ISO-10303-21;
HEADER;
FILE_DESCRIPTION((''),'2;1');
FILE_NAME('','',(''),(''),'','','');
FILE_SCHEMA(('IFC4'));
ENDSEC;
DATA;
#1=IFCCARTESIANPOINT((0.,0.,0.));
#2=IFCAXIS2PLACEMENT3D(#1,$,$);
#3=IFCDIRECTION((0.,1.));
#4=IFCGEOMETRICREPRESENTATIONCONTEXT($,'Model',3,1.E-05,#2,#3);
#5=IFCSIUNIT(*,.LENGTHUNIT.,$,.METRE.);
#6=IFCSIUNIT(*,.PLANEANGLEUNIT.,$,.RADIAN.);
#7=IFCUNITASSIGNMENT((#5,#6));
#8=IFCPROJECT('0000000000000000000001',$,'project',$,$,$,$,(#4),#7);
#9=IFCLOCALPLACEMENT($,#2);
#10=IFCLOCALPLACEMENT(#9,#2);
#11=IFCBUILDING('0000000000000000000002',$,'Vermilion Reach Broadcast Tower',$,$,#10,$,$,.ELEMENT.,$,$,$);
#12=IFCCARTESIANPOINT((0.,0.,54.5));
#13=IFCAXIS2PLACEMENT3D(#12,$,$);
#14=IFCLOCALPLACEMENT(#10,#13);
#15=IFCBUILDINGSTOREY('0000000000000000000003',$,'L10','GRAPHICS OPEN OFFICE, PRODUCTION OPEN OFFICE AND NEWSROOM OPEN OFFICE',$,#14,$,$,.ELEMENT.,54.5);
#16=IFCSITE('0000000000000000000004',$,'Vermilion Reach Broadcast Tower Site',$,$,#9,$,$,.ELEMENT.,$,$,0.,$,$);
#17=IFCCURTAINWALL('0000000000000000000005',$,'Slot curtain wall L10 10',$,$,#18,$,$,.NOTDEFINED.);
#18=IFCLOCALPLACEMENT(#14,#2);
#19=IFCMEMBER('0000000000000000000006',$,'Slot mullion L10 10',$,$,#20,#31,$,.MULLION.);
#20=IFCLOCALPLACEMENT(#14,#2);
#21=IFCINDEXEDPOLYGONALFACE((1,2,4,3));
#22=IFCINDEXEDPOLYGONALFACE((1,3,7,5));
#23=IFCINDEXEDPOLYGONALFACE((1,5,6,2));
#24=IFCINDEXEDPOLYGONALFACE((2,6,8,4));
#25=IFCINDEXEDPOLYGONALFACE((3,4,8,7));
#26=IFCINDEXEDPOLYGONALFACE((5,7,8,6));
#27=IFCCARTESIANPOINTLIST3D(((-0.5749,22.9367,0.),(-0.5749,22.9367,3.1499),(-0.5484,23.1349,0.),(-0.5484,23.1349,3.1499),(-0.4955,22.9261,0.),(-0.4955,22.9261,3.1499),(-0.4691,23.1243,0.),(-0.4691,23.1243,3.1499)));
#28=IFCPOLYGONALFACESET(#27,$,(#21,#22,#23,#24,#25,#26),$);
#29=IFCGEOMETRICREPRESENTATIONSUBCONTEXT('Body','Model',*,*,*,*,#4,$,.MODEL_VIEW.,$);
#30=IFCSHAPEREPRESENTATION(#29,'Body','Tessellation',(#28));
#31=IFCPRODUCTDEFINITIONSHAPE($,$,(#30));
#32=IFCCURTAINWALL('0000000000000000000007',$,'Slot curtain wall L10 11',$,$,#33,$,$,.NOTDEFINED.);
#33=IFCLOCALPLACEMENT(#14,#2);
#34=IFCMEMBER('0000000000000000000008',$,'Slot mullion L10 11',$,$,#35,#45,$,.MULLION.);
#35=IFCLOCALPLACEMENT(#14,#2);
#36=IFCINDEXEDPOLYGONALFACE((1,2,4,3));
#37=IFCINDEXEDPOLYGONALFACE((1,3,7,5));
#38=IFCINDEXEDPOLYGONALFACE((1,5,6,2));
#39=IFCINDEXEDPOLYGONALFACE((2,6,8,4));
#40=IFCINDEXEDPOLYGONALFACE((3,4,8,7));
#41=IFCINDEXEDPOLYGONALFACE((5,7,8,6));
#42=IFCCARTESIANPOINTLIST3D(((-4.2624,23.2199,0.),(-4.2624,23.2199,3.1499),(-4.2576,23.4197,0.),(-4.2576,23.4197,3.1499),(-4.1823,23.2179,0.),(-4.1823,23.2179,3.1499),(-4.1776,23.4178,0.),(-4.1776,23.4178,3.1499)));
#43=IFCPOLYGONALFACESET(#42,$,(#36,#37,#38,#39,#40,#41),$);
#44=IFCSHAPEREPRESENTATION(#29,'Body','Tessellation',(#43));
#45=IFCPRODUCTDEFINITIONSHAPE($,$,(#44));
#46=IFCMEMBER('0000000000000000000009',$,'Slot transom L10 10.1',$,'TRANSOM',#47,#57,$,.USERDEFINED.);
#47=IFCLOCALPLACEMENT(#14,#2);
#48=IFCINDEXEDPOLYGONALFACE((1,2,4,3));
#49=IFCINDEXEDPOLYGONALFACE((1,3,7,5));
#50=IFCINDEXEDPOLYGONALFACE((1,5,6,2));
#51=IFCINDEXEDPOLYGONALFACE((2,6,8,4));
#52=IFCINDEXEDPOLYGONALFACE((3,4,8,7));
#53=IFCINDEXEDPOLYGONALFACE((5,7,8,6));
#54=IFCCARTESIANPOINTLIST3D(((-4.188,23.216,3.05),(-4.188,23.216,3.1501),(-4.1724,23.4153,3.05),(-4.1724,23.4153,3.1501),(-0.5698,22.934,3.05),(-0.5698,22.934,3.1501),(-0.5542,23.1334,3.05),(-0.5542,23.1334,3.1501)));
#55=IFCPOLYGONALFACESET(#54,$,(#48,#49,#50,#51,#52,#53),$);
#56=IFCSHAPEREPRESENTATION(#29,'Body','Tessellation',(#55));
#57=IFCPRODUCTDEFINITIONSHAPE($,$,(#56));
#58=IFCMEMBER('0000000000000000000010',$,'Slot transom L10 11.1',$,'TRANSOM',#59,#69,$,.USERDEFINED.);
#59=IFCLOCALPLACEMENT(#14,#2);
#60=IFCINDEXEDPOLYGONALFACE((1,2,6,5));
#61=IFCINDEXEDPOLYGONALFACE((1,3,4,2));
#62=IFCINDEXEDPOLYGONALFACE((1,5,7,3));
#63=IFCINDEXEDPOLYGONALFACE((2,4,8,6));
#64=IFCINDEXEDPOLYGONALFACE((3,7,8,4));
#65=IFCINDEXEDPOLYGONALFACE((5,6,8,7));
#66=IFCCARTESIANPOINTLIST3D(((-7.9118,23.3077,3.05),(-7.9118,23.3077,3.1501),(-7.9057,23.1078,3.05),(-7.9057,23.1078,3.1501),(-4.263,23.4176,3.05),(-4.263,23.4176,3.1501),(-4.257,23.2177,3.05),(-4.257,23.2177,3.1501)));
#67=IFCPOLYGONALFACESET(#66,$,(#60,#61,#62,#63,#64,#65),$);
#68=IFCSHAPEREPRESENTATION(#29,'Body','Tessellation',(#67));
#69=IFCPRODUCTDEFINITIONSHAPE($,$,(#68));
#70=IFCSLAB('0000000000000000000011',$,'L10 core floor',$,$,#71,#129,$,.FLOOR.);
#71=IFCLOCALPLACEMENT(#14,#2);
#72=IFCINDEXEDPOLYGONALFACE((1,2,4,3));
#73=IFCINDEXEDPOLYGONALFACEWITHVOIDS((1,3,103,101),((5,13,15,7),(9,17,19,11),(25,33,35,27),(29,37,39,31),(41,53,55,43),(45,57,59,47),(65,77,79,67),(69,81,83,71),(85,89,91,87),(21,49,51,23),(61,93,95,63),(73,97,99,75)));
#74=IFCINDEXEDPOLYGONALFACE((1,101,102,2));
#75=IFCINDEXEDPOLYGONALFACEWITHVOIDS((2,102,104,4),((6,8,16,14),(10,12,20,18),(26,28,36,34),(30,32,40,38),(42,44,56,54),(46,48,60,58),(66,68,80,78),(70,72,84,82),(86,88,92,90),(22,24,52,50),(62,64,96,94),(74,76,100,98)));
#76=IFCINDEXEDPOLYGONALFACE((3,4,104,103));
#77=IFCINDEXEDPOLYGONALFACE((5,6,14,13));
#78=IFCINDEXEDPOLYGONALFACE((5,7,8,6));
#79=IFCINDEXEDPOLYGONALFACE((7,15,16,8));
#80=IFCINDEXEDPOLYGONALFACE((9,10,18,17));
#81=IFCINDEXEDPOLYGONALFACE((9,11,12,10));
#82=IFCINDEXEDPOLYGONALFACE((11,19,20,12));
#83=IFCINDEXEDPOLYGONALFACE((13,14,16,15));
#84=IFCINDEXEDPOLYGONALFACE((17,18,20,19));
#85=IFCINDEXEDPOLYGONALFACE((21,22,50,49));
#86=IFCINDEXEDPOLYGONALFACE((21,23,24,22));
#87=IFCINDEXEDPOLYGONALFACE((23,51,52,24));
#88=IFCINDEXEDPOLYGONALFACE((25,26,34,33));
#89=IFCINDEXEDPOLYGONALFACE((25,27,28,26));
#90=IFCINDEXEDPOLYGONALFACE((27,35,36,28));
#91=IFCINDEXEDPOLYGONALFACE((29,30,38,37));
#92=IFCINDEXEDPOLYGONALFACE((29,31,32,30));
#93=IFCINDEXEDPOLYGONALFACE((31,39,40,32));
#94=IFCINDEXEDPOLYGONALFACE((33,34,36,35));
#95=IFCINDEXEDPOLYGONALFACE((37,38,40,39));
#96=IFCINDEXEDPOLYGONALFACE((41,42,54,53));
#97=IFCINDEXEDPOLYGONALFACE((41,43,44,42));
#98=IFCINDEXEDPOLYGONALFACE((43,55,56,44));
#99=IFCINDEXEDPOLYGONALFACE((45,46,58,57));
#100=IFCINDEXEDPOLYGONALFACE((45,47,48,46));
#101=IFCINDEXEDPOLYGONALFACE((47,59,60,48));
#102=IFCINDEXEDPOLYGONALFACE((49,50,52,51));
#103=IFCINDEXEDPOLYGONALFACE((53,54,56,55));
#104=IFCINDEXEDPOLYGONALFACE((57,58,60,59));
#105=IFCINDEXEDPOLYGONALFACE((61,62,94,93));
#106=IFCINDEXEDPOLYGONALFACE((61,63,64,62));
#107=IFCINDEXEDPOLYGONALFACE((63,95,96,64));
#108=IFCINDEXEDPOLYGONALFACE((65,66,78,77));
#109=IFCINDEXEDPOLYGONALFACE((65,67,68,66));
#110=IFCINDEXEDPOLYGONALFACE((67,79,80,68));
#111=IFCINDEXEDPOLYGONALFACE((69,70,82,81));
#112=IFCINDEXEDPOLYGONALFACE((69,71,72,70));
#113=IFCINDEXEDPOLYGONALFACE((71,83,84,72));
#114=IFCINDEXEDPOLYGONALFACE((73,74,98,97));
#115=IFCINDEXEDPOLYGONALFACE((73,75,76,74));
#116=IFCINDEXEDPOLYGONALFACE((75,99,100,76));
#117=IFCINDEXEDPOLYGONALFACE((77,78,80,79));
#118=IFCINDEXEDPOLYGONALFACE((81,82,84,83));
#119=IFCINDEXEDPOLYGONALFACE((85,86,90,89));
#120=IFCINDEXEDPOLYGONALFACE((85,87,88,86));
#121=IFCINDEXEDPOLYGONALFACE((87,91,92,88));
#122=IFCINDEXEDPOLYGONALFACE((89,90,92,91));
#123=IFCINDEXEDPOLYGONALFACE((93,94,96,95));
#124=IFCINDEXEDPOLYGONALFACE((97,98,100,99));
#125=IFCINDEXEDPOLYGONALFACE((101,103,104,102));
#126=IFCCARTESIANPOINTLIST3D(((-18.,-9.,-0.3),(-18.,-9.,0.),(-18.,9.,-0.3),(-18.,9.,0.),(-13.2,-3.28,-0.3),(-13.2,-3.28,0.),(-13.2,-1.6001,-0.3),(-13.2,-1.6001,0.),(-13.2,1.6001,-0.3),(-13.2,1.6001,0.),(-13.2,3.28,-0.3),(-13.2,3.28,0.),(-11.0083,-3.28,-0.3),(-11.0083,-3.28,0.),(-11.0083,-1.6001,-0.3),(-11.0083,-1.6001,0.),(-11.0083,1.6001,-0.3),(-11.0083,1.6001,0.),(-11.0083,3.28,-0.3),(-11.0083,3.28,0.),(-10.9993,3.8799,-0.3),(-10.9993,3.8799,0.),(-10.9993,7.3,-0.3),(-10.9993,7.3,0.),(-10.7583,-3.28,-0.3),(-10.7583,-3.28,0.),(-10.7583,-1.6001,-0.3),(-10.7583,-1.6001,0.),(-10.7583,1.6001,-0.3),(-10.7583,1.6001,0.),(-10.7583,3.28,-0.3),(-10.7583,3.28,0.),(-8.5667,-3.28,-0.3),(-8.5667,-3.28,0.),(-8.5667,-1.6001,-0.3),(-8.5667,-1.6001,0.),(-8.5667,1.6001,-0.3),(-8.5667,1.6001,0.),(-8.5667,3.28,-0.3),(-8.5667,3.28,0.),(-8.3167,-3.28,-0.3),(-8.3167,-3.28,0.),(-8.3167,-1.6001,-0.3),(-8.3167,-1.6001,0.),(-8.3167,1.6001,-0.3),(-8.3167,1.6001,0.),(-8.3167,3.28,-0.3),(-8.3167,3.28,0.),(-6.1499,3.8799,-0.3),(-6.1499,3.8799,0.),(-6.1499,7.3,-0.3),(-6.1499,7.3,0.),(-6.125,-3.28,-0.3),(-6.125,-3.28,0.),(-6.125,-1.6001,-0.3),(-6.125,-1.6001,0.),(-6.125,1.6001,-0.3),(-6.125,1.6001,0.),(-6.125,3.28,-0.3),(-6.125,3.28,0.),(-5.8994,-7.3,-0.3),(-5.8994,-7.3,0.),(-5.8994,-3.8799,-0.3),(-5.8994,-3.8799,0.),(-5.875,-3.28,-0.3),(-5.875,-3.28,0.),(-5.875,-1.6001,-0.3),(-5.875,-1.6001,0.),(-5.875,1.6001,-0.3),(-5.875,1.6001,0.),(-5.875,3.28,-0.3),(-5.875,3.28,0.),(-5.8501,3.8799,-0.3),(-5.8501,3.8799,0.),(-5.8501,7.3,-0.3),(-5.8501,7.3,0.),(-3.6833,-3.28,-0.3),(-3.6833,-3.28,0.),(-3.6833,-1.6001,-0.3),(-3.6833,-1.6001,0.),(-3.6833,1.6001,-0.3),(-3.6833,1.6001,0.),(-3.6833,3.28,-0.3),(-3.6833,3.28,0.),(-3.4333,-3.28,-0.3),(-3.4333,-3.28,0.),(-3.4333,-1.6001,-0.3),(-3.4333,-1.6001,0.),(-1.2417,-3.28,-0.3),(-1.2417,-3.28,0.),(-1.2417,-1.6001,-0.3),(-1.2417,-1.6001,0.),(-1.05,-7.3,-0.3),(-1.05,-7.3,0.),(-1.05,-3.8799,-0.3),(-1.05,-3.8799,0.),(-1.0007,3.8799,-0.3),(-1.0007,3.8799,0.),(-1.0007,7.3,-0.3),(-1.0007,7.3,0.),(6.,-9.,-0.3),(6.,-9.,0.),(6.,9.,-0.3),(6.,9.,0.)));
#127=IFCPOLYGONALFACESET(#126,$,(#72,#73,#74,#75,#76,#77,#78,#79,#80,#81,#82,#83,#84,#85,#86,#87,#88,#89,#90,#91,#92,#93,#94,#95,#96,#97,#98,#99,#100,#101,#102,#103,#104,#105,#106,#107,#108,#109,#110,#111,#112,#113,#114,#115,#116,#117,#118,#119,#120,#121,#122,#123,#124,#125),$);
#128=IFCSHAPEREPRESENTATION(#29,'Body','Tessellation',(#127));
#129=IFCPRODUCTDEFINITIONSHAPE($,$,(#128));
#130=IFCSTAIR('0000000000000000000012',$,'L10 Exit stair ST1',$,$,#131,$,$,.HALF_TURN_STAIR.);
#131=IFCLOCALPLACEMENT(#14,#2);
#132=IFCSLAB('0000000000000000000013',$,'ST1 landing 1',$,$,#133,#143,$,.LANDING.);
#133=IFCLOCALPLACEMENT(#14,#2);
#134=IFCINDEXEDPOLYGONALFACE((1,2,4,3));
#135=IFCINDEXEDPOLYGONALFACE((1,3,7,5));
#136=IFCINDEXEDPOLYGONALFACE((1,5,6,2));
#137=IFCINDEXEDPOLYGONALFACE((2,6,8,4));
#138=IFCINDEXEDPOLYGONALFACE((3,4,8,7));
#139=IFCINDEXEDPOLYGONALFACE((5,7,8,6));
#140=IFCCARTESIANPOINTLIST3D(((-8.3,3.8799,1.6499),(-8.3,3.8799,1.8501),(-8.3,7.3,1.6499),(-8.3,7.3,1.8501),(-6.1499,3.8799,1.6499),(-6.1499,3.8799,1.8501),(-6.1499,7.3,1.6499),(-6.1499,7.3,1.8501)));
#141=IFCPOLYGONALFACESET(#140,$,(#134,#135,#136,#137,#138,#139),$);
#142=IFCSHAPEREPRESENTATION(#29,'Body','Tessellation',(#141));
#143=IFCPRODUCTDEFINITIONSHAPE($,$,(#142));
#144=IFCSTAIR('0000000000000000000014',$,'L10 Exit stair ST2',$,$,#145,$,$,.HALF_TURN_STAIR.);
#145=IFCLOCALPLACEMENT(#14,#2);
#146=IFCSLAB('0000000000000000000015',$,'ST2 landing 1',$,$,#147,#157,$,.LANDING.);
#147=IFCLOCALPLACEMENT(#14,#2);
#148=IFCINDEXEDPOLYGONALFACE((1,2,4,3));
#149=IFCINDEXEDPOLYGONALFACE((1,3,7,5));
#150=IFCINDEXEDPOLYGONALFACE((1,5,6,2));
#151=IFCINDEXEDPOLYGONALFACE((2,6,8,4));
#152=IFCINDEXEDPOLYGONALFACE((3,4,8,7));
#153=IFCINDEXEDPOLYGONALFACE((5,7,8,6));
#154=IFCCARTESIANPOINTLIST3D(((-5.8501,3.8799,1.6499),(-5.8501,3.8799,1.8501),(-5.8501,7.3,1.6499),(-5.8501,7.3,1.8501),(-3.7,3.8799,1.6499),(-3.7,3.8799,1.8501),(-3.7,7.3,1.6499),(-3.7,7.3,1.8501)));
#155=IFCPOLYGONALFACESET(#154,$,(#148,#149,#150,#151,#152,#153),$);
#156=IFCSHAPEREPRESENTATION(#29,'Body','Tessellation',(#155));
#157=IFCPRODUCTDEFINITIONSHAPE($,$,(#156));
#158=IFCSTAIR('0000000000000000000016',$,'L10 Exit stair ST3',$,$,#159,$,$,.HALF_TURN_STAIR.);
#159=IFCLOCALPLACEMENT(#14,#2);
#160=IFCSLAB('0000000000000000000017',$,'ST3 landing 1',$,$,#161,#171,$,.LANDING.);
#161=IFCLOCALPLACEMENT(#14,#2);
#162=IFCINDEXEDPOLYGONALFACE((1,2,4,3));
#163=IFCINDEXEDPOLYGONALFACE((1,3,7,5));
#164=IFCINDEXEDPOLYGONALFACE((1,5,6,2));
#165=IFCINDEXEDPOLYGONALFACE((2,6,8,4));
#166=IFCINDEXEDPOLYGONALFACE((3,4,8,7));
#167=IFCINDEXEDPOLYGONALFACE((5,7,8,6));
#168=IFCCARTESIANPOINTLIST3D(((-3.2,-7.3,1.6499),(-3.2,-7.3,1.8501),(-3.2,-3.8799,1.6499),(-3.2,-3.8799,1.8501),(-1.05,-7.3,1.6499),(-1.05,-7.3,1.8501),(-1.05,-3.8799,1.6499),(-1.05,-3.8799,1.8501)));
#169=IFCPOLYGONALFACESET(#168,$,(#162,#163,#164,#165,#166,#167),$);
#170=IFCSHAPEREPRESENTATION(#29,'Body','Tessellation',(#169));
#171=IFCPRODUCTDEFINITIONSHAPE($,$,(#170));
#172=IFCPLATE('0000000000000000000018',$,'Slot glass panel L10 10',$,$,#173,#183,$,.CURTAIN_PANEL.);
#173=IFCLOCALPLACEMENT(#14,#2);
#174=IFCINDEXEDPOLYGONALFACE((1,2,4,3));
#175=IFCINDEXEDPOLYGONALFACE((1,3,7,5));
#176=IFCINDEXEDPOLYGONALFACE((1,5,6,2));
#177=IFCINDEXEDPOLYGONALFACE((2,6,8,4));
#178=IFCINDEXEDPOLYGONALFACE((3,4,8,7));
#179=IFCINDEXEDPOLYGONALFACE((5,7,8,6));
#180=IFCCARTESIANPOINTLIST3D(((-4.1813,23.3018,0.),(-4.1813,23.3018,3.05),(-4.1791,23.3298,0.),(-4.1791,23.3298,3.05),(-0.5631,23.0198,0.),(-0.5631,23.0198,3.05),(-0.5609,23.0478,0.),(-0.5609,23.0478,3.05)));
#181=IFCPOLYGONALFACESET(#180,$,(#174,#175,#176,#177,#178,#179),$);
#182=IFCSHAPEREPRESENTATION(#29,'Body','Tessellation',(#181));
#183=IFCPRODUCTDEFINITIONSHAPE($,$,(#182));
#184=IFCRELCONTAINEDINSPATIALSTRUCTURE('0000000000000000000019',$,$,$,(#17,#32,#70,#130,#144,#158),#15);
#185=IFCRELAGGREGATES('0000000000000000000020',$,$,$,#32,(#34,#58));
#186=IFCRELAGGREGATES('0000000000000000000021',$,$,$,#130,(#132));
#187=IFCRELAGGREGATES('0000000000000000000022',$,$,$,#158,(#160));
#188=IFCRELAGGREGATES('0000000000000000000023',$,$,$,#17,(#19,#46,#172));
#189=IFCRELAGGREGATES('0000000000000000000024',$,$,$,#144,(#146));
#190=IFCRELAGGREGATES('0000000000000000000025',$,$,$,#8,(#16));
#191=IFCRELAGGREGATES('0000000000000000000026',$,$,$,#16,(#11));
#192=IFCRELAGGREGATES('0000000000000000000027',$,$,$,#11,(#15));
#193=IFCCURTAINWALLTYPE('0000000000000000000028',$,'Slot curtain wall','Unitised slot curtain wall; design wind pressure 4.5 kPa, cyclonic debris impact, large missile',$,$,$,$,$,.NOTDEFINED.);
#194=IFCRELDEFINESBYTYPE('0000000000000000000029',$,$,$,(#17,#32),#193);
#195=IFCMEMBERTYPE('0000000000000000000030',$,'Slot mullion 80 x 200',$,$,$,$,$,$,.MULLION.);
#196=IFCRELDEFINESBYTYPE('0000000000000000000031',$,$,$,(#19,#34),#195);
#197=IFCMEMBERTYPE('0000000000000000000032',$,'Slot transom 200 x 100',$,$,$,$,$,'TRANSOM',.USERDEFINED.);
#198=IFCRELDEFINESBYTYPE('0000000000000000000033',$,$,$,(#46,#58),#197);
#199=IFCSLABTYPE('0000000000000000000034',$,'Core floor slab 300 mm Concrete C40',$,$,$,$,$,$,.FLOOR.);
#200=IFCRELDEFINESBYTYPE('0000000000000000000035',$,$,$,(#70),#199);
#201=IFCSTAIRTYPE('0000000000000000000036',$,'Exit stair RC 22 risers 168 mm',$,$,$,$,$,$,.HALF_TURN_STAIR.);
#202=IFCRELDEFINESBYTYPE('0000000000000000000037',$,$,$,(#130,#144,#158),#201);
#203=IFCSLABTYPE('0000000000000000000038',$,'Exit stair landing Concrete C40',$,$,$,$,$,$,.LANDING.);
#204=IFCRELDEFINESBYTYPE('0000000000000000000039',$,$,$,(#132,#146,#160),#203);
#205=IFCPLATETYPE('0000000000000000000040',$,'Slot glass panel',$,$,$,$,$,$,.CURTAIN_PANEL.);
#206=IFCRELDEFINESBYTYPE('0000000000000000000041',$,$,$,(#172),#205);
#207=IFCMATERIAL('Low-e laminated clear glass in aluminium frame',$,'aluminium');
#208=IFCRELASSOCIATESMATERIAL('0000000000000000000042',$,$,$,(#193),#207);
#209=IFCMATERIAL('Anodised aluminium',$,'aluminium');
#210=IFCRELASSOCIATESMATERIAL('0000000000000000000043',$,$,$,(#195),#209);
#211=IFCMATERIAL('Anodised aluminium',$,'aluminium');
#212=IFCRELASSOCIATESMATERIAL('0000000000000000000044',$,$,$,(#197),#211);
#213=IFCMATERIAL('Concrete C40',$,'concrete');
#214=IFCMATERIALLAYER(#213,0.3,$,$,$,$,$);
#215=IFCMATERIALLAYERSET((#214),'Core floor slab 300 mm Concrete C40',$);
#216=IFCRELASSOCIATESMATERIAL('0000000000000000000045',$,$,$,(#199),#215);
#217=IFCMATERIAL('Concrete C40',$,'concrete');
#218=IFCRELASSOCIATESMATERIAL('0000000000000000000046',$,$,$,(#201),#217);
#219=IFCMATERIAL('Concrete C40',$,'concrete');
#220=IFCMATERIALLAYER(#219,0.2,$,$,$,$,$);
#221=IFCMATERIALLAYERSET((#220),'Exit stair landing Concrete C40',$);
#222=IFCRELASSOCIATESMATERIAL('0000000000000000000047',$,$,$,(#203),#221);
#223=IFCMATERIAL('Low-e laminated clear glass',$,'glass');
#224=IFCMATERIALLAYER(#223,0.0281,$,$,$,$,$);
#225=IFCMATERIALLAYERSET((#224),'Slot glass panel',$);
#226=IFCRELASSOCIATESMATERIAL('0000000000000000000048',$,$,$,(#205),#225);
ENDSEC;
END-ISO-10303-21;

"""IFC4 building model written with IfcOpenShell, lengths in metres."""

from ifc_helpers import new_model, si_unit, direction, frame, origin, origin_2d, place, context, subcontext, project, spatial, polyline, rectangle, outline, extrude, material, layer, layer_set, material_profile, profile_set, type_object, element, aggregate, save


model = new_model("IFC4")

# Units and contexts
model_context = context("Model", 3, precision=1e-05, world=origin(), true_north=direction((0.0, 1.0)))
body_context = subcontext(model_context, "Body", "Model", "MODEL_VIEW")
ifc_project = project(units=[si_unit("LENGTHUNIT", "METRE"), si_unit("PLANEANGLEUNIT", "RADIAN")], contexts=[model_context])

# Site, building, storey
site_placement = place(None, origin())
site = spatial("IfcSite", under=ifc_project, at=site_placement, Name="Vermilion Reach Broadcast Tower Site", CompositionType="ELEMENT", RefElevation=0.0)
building_placement = place(site_placement, origin())
building = spatial("IfcBuilding", under=site, at=building_placement, Name="Vermilion Reach Broadcast Tower", CompositionType="ELEMENT")
storey_placement = place(building_placement, frame((0.0, 0.0, 54.5)))
storey = spatial("IfcBuildingStorey", under=building, at=storey_placement, Name="L10", Description="GRAPHICS OPEN OFFICE, PRODUCTION OPEN OFFICE AND NEWSROOM OPEN OFFICE", CompositionType="ELEMENT", Elevation=54.5)

# Curtain walls, members
ifc_material_1 = material(Name="Low-e laminated clear glass in aluminium frame", Category="aluminium")
curtain_wall_type = type_object("IfcCurtainWallType", Name="Slot curtain wall", Description="Unitised slot curtain wall; design wind pressure 4.5 kPa, cyclonic debris impact, large missile", PredefinedType="NOTDEFINED", material=ifc_material_1)
placement_1 = place(storey_placement, origin())
curtain_wall_1 = element("IfcCurtainWall", 1, at=placement_1, inside=storey, type_object=curtain_wall_type, Name="Slot curtain wall L10 10", PredefinedType="NOTDEFINED")
ifc_material_2 = material(Name="Anodised aluminium", Category="aluminium")
ifc_material_profile_1 = material_profile(ifc_material_2, rectangle(XDim=0.2, YDim=0.0801, at=origin_2d()), Name="Slot mullion 80 x 200")
ifc_profile_set_1 = profile_set([ifc_material_profile_1], Name="Anodised aluminium")
member_type_1 = type_object("IfcMemberType", Name="Slot mullion 80 x 200", PredefinedType="MULLION", material=ifc_profile_set_1)
member_1_placement = place(storey_placement, frame((-0.522, 23.0305, 0.0), z_axis=(0.0, 0.0, 1.0), x_axis=(-0.132274, -0.991213, 0.0)))
member_1 = element("IfcMember", 2, at=member_1_placement, type_object=member_type_1, Name="Slot mullion L10 10", PredefinedType="MULLION", context=body_context, shape_type="SweptSolid", body=[
    extrude(rectangle(XDim=0.2, YDim=0.0801, at=origin_2d()), origin(), (0.0, 0.0, 1.0), 3.1499),
])
curtain_wall_2 = element("IfcCurtainWall", 3, at=placement_1, inside=storey, type_object=curtain_wall_type, Name="Slot curtain wall L10 11", PredefinedType="NOTDEFINED")
member_2_placement = place(storey_placement, frame((-4.22, 23.3188, 0.0), z_axis=(0.0, 0.0, 1.0), x_axis=(-0.023838, -0.999716, 0.0)))
member_2 = element("IfcMember", 4, at=member_2_placement, type_object=member_type_1, Name="Slot mullion L10 11", PredefinedType="MULLION", context=body_context, shape_type="SweptSolid", body=[
    extrude(rectangle(XDim=0.2, YDim=0.0801, at=origin_2d()), origin(), (0.0, 0.0, 1.0), 3.1499),
])

# Members
ifc_material_3 = material(Name="Anodised aluminium", Category="aluminium")
ifc_material_profile_2 = material_profile(ifc_material_3, rectangle(XDim=0.2, YDim=0.1001, at=origin_2d()), Name="Slot transom 200 x 100")
ifc_profile_set_2 = profile_set([ifc_material_profile_2], Name="Anodised aluminium")
member_type_2 = type_object("IfcMemberType", Name="Slot transom 200 x 100", ElementType="TRANSOM", PredefinedType="USERDEFINED", material=ifc_profile_set_2)
member_3_placement = place(storey_placement, frame((-0.562, 23.0337, 3.1001), z_axis=(-0.996977, 0.0777, 0.0), x_axis=(-0.0777, -0.996977, 0.0)))
member_3 = element("IfcMember", 5, at=member_3_placement, type_object=member_type_2, Name="Slot transom L10 10.1", ObjectType="TRANSOM", PredefinedType="USERDEFINED", context=body_context, shape_type="SweptSolid", body=[
    extrude(rectangle(XDim=0.2, YDim=0.1001, at=origin_2d()), origin(), (0.0, 0.0, 1.0), 3.6292),
])
member_4_placement = place(storey_placement, frame((-4.26, 23.3176, 3.1001), z_axis=(-0.999547, -0.030097, 0.0), x_axis=(0.030097, -0.999547, 0.0)))
member_4 = element("IfcMember", 6, at=member_4_placement, type_object=member_type_2, Name="Slot transom L10 11.1", ObjectType="TRANSOM", PredefinedType="USERDEFINED", context=body_context, shape_type="SweptSolid", body=[
    extrude(rectangle(XDim=0.2, YDim=0.1001, at=origin_2d()), origin(), (0.0, 0.0, 1.0), 3.6504),
])
aggregate(curtain_wall_2, [member_2, member_4])

# Slab
ifc_material_4 = material(Name="Concrete C40", Category="concrete")
ifc_layer_1 = layer(ifc_material_4, 0.3)
ifc_layer_set_1 = layer_set([ifc_layer_1], Name="Core floor slab 300 mm Concrete C40")
slab_type_1 = type_object("IfcSlabType", Name="Core floor slab 300 mm Concrete C40", PredefinedType="FLOOR", material=ifc_layer_set_1)
slab_1_placement = place(storey_placement, frame((0.0, 0.0, -0.3)))
element("IfcSlab", 7, at=slab_1_placement, inside=storey, type_object=slab_type_1, Name="L10 core floor", PredefinedType="FLOOR", context=body_context, shape_type="SweptSolid", body=[
    extrude(outline(polyline([(-18.0, -9.0), (6.0, -9.0), (6.0, 9.0), (-18.0, 9.0), (-18.0, -9.0)]), holes=[polyline([(-13.2, 1.6001), (-11.0083, 1.6001), (-11.0083, 3.28), (-13.2, 3.28), (-13.2, 1.6001)]), polyline([(-10.7583, 1.6001), (-8.5667, 1.6001), (-8.5667, 3.28), (-10.7583, 3.28), (-10.7583, 1.6001)]), polyline([(-8.3167, 1.6001), (-6.125, 1.6001), (-6.125, 3.28), (-8.3167, 3.28), (-8.3167, 1.6001)]), polyline([(-5.875, 1.6001), (-3.6833, 1.6001), (-3.6833, 3.28), (-5.875, 3.28), (-5.875, 1.6001)]), polyline([(-13.2, -3.28), (-11.0083, -3.28), (-11.0083, -1.6001), (-13.2, -1.6001), (-13.2, -3.28)]), polyline([(-10.7583, -3.28), (-8.5667, -3.28), (-8.5667, -1.6001), (-10.7583, -1.6001), (-10.7583, -3.28)]), polyline([(-8.3167, -3.28), (-6.125, -3.28), (-6.125, -1.6001), (-8.3167, -1.6001), (-8.3167, -3.28)]), polyline([(-5.875, -3.28), (-3.6833, -3.28), (-3.6833, -1.6001), (-5.875, -1.6001), (-5.875, -3.28)]), polyline([(-3.4333, -3.28), (-1.2417, -3.28), (-1.2417, -1.6001), (-3.4333, -1.6001), (-3.4333, -3.28)]), polyline([(-10.9993, 3.8799), (-6.1499, 3.8799), (-6.1499, 7.3), (-10.9993, 7.3), (-10.9993, 3.8799)]), polyline([(-1.0007, 7.3), (-5.8501, 7.3), (-5.8501, 3.8799), (-1.0007, 3.8799), (-1.0007, 7.3)]), polyline([(-5.8994, -7.3), (-1.05, -7.3), (-1.05, -3.8799), (-5.8994, -3.8799), (-5.8994, -7.3)])]), origin(), (0.0, 0.0, 1.0), 0.3),
])

# Stairs, slabs
ifc_material_5 = material(Name="Concrete C40", Category="concrete")
stair_type = type_object("IfcStairType", Name="Exit stair RC 22 risers 168 mm", PredefinedType="HALF_TURN_STAIR", material=ifc_material_5)
stair_1 = element("IfcStair", 8, at=placement_1, inside=storey, type_object=stair_type, Name="L10 Exit stair ST1", PredefinedType="HALF_TURN_STAIR")
ifc_material_6 = material(Name="Concrete C40", Category="concrete")
ifc_layer_2 = layer(ifc_material_6, 0.2)
ifc_layer_set_2 = layer_set([ifc_layer_2], Name="Exit stair landing Concrete C40")
slab_type_2 = type_object("IfcSlabType", Name="Exit stair landing Concrete C40", PredefinedType="LANDING", material=ifc_layer_set_2)
placement_2 = place(storey_placement, frame((0.0, 0.0, 1.6499)))
slab_2 = element("IfcSlab", 9, at=placement_2, type_object=slab_type_2, Name="ST1 landing 1", PredefinedType="LANDING", context=body_context, shape_type="SweptSolid", body=[
    extrude(outline(polyline([(-8.3, 3.8799), (-6.1499, 3.8799), (-6.1499, 7.3), (-8.3, 7.3), (-8.3, 3.8799)])), origin(), (0.0, 0.0, 1.0), 0.2002),
])
aggregate(stair_1, [slab_2])
stair_2 = element("IfcStair", 10, at=placement_1, inside=storey, type_object=stair_type, Name="L10 Exit stair ST2", PredefinedType="HALF_TURN_STAIR")
slab_3 = element("IfcSlab", 11, at=placement_2, type_object=slab_type_2, Name="ST2 landing 1", PredefinedType="LANDING", context=body_context, shape_type="SweptSolid", body=[
    extrude(outline(polyline([(-3.7, 7.3), (-5.8501, 7.3), (-5.8501, 3.8799), (-3.7, 3.8799), (-3.7, 7.3)])), origin(), (0.0, 0.0, 1.0), 0.2002),
])
stair_3 = element("IfcStair", 12, at=placement_1, inside=storey, type_object=stair_type, Name="L10 Exit stair ST3", PredefinedType="HALF_TURN_STAIR")
slab_4 = element("IfcSlab", 13, at=placement_2, type_object=slab_type_2, Name="ST3 landing 1", PredefinedType="LANDING", context=body_context, shape_type="SweptSolid", body=[
    extrude(outline(polyline([(-3.2, -7.3), (-1.05, -7.3), (-1.05, -3.8799), (-3.2, -3.8799), (-3.2, -7.3)])), origin(), (0.0, 0.0, 1.0), 0.2002),
])
aggregate(stair_3, [slab_4])

# Plate
ifc_material_7 = material(Name="Low-e laminated clear glass", Category="glass")
ifc_layer_3 = layer(ifc_material_7, 0.0281)
ifc_layer_set_3 = layer_set([ifc_layer_3], Name="Slot glass panel")
plate_type = type_object("IfcPlateType", Name="Slot glass panel", PredefinedType="CURTAIN_PANEL", material=ifc_layer_set_3)
plate_placement = place(storey_placement, frame((-2.3711, 23.1748, 0.0), z_axis=(0.0, 0.0, 1.0), x_axis=(-0.996975, 0.077721, 0.0)))
plate = element("IfcPlate", 14, at=plate_placement, type_object=plate_type, Name="Slot glass panel L10 10", PredefinedType="CURTAIN_PANEL", context=body_context, shape_type="SweptSolid", body=[
    extrude(rectangle(XDim=3.6292, YDim=0.0281, at=origin_2d()), origin(), (0.0, 0.0, 1.0), 3.05),
])
aggregate(curtain_wall_1, [member_1, member_3, plate])

aggregate(stair_2, [slab_3])

save(model, "model.ifc")
